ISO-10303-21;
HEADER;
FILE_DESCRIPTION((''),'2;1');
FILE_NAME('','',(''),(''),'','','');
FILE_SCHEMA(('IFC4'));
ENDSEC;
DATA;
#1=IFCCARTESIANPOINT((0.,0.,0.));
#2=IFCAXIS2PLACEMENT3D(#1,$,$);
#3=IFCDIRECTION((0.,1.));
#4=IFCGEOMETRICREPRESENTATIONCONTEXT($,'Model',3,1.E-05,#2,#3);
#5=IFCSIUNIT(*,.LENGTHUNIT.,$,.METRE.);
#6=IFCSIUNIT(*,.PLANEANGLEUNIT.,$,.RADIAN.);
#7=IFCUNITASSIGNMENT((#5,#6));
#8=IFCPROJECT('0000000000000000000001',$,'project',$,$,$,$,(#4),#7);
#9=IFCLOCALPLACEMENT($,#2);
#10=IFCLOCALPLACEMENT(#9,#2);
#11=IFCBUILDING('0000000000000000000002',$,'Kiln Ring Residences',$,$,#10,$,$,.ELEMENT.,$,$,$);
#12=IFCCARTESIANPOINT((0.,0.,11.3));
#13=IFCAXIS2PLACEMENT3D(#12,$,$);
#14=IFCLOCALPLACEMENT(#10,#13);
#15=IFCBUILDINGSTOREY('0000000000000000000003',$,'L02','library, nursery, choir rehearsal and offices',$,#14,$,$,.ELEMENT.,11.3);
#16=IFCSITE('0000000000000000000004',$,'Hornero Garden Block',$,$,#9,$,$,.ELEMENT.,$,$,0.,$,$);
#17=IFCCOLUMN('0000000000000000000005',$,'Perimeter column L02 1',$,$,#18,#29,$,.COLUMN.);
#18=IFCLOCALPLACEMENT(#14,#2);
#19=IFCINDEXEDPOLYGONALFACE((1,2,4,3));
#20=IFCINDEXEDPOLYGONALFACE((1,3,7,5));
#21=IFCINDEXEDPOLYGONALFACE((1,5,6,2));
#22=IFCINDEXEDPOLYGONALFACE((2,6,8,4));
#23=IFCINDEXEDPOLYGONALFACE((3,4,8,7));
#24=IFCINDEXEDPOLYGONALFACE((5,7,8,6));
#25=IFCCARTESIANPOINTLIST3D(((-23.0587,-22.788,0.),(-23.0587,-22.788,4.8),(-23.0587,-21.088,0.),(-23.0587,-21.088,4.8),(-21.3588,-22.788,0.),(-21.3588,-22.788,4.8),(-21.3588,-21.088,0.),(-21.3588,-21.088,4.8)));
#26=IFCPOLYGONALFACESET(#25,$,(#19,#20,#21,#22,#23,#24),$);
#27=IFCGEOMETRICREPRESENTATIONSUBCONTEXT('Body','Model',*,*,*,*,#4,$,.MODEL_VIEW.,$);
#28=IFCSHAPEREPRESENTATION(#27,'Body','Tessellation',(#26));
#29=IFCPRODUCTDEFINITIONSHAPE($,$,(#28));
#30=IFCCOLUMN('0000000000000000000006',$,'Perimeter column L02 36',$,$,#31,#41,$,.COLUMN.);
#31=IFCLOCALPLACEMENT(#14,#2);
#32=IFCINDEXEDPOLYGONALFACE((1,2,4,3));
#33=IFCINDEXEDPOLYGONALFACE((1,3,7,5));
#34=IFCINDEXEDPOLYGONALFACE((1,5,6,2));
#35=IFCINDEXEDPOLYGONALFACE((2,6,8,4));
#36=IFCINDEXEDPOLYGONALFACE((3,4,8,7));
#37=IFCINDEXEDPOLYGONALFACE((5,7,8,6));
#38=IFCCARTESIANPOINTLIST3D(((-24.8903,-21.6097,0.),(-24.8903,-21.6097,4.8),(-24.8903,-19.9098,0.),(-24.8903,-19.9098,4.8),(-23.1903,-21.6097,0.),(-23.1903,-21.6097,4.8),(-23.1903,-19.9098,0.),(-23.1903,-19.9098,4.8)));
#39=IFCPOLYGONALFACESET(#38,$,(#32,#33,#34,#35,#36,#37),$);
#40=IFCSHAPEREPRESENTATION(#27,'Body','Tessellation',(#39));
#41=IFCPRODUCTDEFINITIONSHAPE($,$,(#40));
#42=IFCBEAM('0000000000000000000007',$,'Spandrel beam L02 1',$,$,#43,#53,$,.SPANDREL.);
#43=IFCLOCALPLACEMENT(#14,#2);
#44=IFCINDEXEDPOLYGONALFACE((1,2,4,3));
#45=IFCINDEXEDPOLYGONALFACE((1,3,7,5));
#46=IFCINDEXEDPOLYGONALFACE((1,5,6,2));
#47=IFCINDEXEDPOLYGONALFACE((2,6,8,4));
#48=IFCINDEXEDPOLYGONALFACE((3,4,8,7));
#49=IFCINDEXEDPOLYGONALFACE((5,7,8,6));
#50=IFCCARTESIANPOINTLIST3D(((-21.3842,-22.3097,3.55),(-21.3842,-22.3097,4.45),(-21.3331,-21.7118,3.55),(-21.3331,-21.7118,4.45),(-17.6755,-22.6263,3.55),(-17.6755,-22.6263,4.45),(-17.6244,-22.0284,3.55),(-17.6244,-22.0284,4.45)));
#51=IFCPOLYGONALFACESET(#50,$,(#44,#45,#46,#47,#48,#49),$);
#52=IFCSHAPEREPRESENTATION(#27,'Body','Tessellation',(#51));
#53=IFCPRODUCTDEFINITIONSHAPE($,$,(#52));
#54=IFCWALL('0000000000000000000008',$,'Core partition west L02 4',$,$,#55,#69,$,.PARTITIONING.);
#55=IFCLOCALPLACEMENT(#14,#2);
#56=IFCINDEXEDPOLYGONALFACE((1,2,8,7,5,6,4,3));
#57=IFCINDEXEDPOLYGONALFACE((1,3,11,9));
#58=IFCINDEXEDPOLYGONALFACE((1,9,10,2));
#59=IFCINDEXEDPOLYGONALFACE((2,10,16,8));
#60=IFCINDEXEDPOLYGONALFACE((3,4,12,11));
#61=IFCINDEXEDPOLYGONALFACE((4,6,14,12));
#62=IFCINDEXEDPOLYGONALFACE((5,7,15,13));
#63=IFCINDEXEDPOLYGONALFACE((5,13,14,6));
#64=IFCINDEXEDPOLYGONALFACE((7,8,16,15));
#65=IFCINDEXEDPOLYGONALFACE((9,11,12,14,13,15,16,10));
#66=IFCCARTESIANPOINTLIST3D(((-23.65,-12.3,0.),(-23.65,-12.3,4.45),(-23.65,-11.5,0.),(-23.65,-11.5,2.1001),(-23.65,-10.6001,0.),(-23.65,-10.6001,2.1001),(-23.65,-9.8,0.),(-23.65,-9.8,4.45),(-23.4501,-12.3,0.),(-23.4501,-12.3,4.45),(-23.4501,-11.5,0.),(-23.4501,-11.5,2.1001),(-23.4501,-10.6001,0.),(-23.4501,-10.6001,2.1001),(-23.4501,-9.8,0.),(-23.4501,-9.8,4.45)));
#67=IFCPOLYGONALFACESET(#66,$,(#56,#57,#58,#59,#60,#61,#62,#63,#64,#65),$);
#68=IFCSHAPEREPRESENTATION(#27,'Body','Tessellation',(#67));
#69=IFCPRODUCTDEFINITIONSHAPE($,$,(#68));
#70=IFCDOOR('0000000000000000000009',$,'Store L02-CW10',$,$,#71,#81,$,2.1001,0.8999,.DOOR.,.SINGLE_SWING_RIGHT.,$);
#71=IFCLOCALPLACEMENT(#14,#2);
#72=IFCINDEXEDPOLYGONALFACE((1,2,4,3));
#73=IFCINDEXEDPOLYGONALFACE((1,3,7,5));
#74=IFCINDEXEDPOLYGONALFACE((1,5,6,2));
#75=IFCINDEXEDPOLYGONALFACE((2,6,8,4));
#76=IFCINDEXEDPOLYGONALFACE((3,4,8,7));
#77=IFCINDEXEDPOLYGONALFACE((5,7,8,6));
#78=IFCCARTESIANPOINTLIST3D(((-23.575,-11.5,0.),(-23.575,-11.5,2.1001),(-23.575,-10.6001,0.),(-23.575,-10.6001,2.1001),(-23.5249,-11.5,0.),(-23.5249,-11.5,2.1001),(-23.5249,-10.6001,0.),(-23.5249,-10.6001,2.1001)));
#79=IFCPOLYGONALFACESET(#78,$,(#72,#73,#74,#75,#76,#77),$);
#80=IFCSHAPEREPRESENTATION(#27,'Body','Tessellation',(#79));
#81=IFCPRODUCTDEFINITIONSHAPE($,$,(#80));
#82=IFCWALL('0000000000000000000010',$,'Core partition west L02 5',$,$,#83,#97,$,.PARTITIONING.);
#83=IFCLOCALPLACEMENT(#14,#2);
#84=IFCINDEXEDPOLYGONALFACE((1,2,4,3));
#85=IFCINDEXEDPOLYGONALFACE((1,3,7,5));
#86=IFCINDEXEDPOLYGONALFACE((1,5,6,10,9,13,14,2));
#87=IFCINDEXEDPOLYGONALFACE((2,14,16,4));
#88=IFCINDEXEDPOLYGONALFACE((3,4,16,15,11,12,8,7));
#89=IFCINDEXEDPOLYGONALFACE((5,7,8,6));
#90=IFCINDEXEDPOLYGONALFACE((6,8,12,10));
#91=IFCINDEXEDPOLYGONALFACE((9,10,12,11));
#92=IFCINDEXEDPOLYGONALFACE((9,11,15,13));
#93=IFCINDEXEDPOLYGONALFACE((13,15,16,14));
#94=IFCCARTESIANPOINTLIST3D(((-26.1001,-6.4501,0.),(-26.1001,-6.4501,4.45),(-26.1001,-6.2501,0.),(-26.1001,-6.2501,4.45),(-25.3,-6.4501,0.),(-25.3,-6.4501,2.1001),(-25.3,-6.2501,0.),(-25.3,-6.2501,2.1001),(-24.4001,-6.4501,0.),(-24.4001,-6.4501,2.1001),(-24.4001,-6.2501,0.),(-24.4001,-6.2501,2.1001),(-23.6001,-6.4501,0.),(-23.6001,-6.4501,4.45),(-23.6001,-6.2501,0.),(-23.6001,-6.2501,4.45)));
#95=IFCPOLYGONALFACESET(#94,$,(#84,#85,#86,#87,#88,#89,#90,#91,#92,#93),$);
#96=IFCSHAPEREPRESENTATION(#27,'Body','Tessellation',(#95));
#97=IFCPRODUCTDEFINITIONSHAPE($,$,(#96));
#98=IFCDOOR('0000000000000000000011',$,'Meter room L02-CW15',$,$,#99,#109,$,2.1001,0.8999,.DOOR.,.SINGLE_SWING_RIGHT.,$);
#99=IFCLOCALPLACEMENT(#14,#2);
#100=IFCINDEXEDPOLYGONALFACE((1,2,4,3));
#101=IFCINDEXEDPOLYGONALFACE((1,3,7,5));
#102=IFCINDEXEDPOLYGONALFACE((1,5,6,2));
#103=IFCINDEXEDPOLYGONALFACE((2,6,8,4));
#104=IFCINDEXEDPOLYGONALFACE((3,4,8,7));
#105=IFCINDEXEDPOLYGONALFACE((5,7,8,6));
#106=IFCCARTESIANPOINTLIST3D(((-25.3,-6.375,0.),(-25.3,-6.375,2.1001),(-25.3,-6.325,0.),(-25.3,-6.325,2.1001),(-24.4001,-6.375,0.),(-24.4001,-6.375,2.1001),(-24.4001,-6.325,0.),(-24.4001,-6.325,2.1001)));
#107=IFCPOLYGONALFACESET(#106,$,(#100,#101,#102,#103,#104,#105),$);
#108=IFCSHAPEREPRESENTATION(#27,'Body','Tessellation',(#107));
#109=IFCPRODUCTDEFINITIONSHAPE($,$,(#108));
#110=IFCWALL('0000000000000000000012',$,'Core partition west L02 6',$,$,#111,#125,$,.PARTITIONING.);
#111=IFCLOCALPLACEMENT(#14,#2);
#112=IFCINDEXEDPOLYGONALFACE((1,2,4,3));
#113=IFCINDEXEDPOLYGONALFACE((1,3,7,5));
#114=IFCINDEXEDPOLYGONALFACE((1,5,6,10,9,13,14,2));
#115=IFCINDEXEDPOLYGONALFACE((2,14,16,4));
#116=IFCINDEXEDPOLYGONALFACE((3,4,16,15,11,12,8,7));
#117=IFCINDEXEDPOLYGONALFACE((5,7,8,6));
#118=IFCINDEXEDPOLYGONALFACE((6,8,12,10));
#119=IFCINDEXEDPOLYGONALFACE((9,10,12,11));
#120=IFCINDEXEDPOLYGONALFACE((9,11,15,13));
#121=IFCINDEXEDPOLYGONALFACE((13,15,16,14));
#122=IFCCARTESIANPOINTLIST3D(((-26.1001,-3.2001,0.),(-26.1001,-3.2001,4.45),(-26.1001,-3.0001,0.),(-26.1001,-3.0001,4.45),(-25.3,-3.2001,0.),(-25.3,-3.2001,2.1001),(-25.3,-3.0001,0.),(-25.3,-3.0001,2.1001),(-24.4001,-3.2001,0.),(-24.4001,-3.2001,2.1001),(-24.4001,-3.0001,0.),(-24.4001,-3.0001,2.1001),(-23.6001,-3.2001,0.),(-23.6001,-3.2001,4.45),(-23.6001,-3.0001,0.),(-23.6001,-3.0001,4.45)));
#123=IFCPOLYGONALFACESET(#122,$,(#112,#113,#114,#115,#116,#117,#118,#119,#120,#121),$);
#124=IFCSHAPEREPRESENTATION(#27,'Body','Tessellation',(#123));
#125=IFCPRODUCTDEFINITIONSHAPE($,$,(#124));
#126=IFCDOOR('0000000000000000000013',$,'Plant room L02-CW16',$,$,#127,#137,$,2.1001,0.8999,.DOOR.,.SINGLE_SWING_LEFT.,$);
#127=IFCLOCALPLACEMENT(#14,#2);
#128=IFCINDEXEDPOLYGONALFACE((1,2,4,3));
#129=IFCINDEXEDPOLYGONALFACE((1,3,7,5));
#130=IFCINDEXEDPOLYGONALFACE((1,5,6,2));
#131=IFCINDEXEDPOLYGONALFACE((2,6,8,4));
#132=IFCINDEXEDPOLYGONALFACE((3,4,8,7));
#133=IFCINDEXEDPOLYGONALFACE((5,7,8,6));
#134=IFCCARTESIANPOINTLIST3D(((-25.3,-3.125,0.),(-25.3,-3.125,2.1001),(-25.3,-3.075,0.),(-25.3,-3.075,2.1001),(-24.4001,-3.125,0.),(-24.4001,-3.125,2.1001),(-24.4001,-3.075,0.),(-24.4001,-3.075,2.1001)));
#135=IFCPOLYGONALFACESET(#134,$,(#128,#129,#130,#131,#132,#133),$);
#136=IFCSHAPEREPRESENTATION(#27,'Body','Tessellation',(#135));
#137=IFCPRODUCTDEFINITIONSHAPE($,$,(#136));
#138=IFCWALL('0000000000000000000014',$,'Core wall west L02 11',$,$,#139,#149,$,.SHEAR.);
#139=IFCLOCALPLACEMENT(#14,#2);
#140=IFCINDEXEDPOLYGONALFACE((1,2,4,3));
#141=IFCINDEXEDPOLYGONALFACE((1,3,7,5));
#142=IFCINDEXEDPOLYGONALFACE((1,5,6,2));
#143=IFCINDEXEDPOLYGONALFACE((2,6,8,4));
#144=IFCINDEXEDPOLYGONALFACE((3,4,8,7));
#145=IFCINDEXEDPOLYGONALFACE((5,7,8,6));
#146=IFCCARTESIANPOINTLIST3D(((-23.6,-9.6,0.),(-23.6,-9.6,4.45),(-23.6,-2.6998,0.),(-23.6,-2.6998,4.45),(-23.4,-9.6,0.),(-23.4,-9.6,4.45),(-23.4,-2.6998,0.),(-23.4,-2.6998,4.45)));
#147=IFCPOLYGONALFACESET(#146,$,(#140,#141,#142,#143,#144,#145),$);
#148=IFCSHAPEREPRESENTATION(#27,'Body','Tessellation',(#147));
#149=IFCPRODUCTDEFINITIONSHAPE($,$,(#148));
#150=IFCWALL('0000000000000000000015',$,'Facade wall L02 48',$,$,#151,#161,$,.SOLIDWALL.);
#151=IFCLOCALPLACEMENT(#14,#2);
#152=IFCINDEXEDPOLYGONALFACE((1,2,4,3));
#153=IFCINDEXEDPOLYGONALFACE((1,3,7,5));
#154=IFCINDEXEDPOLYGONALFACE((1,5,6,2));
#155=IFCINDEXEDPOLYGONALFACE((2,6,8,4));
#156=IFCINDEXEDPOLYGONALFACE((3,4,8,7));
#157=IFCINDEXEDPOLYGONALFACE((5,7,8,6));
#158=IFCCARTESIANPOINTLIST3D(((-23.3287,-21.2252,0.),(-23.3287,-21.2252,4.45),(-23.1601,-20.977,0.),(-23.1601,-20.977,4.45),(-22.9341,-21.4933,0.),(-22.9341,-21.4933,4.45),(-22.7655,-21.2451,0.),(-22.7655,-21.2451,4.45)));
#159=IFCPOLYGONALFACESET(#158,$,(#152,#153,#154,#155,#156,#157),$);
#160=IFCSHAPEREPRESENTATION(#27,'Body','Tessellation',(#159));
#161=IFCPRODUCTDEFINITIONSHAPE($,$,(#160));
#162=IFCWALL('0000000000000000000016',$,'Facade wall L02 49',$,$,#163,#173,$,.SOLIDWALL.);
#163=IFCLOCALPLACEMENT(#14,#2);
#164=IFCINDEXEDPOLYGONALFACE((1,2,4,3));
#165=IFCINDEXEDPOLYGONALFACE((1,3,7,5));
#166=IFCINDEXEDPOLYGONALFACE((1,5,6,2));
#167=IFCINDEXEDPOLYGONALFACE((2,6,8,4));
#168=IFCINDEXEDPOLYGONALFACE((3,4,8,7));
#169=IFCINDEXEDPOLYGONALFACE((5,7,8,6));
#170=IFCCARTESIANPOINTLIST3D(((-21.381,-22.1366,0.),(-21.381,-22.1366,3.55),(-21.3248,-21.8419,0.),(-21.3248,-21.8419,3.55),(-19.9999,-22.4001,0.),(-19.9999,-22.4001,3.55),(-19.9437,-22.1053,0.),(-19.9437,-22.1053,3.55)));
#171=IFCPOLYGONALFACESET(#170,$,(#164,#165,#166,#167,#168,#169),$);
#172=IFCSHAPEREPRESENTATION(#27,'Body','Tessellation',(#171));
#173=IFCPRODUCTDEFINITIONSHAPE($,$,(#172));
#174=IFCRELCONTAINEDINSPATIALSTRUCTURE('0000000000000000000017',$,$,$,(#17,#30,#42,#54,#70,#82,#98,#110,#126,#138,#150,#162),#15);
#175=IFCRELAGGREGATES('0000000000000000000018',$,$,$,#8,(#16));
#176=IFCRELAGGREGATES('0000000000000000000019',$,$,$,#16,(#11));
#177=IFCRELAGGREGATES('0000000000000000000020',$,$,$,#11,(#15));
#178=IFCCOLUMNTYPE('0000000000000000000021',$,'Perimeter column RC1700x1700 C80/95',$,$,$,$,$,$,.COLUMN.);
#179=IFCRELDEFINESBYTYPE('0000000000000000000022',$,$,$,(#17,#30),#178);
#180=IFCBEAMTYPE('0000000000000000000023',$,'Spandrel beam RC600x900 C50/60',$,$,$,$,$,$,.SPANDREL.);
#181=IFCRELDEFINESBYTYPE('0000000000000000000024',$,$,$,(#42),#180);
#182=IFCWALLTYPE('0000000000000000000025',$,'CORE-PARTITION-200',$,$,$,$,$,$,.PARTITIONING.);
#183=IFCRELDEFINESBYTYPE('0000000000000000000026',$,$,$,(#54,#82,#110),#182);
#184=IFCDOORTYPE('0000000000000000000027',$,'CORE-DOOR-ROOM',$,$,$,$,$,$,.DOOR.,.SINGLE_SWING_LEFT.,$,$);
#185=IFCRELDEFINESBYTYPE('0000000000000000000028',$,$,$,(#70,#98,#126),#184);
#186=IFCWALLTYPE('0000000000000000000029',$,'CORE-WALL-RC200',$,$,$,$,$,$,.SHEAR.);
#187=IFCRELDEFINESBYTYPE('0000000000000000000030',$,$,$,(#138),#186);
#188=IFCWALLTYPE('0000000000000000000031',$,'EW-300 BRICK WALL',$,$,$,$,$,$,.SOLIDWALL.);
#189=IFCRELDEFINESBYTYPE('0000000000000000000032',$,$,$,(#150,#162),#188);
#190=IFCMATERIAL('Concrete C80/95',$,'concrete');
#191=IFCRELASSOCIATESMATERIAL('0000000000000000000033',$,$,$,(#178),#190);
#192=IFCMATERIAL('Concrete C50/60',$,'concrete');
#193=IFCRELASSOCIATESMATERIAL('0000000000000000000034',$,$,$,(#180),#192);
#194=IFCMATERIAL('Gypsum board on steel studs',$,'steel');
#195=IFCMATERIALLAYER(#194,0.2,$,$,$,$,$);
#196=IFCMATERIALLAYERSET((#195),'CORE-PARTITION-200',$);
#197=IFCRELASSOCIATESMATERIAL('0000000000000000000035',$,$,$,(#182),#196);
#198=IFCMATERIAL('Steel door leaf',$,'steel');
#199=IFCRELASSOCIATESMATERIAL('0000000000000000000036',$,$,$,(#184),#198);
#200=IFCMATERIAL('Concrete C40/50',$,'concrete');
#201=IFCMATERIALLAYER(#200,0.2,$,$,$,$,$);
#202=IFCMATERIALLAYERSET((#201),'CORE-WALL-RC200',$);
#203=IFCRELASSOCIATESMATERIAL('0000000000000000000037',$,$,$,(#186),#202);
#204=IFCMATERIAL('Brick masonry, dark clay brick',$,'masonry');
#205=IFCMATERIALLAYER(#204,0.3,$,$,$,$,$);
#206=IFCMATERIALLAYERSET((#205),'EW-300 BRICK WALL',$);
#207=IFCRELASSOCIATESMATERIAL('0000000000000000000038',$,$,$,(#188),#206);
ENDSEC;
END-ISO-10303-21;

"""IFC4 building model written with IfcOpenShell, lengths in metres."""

from ifc_helpers import new_model, si_unit, direction, frame, frame_2d, origin, origin_2d, place, context, subcontext, project, spatial, rectangle, extrude, material, layer, layer_set, material_profile, profile_set, type_object, element, fill, save


model = new_model("IFC4")

# Units and contexts
model_context = context("Model", 3, precision=1e-05, world=origin(), true_north=direction((0.0, 1.0)))
body_context = subcontext(model_context, "Body", "Model", "MODEL_VIEW")
ifc_project = project(units=[si_unit("LENGTHUNIT", "METRE"), si_unit("PLANEANGLEUNIT", "RADIAN")], contexts=[model_context])

# Site, building, storey
site_placement = place(None, origin())
site = spatial("IfcSite", under=ifc_project, at=site_placement, Name="Hornero Garden Block", CompositionType="ELEMENT", RefElevation=0.0)
building_placement = place(site_placement, origin())
building = spatial("IfcBuilding", under=site, at=building_placement, Name="Kiln Ring Residences", CompositionType="ELEMENT")
storey_placement = place(building_placement, frame((0.0, 0.0, 11.3)))
storey = spatial("IfcBuildingStorey", under=building, at=storey_placement, Name="L02", Description="library, nursery, choir rehearsal and offices", CompositionType="ELEMENT", Elevation=11.3)

# Columns
ifc_material_1 = material(Name="Concrete C80/95", Category="concrete")
ifc_material_profile_1 = material_profile(ifc_material_1, rectangle(XDim=1.7, YDim=1.7, at=origin_2d()), Name="RC1700x1700")
ifc_profile_set_1 = profile_set([ifc_material_profile_1], Name="Concrete C80/95")
column_type = type_object("IfcColumnType", Name="Perimeter column RC1700x1700 C80/95", PredefinedType="COLUMN", material=ifc_profile_set_1)
for number, where, z_axis, x_axis, name in (
    (1, (-22.2087, -21.938, 0.0), (0.0, 0.0, 1.0), (1.0, 0.0, 0.0), "Perimeter column L02 1"),
    (2, (-24.0403, -20.7598, 0.0), (0.0, 0.0, 1.0), (1.0, 0.0, 0.0), "Perimeter column L02 36"),
):
    element("IfcColumn", number, at=place(storey_placement, frame(where, z_axis=z_axis, x_axis=x_axis)), inside=storey, type_object=column_type, Name=name, PredefinedType="COLUMN", context=body_context, shape_type="SweptSolid", body=[
        extrude(rectangle(XDim=1.7, YDim=1.7, at=origin_2d()), origin(), (0.0, 0.0, 1.0), 4.8),
    ])

# Beam
ifc_material_2 = material(Name="Concrete C50/60", Category="concrete")
ifc_material_profile_2 = material_profile(ifc_material_2, rectangle(XDim=0.6001, YDim=0.8999, at=origin_2d()), Name="RC600x900")
ifc_profile_set_2 = profile_set([ifc_material_profile_2], Name="Concrete C50/60")
beam_type = type_object("IfcBeamType", Name="Spandrel beam RC600x900 C50/60", PredefinedType="SPANDREL", material=ifc_profile_set_2)
beam_placement = place(storey_placement, frame((-21.3586, -22.0107, 4.0), z_axis=(0.996375, -0.08507, 0.0), x_axis=(0.08507, 0.996375, 0.0)))
element("IfcBeam", 3, at=beam_placement, inside=storey, type_object=beam_type, Name="Spandrel beam L02 1", PredefinedType="SPANDREL", context=body_context, shape_type="SweptSolid", body=[
    extrude(rectangle(XDim=0.6001, YDim=0.8999, at=origin_2d()), origin(), (0.0, 0.0, 1.0), 3.7222),
])

# Walls, openings, doors
ifc_material_3 = material(Name="Gypsum board on steel studs", Category="steel")
ifc_layer_1 = layer(ifc_material_3, 0.2)
ifc_layer_set_1 = layer_set([ifc_layer_1], Name="CORE-PARTITION-200")
wall_type_1 = type_object("IfcWallType", Name="CORE-PARTITION-200", PredefinedType="PARTITIONING", material=ifc_layer_set_1)
wall_1_placement = place(storey_placement, frame((-23.55, -12.3, 0.0), z_axis=(0.0, 0.0, 1.0), x_axis=(0.0, 1.0, 0.0)))
wall_1 = element("IfcWall", 4, at=wall_1_placement, inside=storey, type_object=wall_type_1, Name="Core partition west L02 4", PredefinedType="PARTITIONING", context=body_context, shape_type="SweptSolid", body=[
    extrude(rectangle(XDim=2.5, YDim=0.2, at=frame_2d((1.25, 0.0))), origin(), (0.0, 0.0, 1.0), 4.45),
])
opening_1_placement = place(wall_1_placement, frame((0.8, 0.0, 0.0)))
opening_1 = element("IfcOpeningElement", 5, at=opening_1_placement, cuts=wall_1, PredefinedType="OPENING", context=body_context, shape_type="SweptSolid", body=[
    extrude(rectangle(XDim=0.8999, YDim=2.1001, at=frame_2d((0.45, 1.05))), frame((0.0, 0.1099, 0.0), z_axis=(0.0, -1.0, 0.0), x_axis=(1.0, 0.0, 0.0)), (0.0, 0.0, 1.0), 0.22),
])
ifc_material_4 = material(Name="Steel door leaf", Category="steel")
door_type = type_object("IfcDoorType", Name="CORE-DOOR-ROOM", OperationType="SINGLE_SWING_LEFT", PredefinedType="DOOR", material=ifc_material_4)
door_1_placement = place(opening_1_placement, origin())
door_1 = element("IfcDoor", 6, at=door_1_placement, inside=storey, type_object=door_type, Name="Store L02-CW10", OperationType="SINGLE_SWING_RIGHT", OverallHeight=2.1001, OverallWidth=0.8999, PredefinedType="DOOR", context=body_context, shape_type="SweptSolid", body=[
    extrude(rectangle(XDim=0.8999, YDim=2.1001, at=frame_2d((0.45, 1.05))), frame((0.0, 0.0249, 0.0), z_axis=(0.0, -1.0, 0.0), x_axis=(1.0, 0.0, 0.0)), (0.0, 0.0, 1.0), 0.05),
])
fill(opening_1, door_1)
wall_2_placement = place(storey_placement, frame((-23.6001, -6.3501, 0.0), z_axis=(0.0, 0.0, 1.0), x_axis=(-1.0, 0.0, 0.0)))
wall_2 = element("IfcWall", 7, at=wall_2_placement, inside=storey, type_object=wall_type_1, Name="Core partition west L02 5", PredefinedType="PARTITIONING", context=body_context, shape_type="SweptSolid", body=[
    extrude(rectangle(XDim=2.5, YDim=0.2, at=frame_2d((1.25, 0.0))), origin(), (0.0, 0.0, 1.0), 4.45),
])
opening_2_placement = place(wall_2_placement, frame((0.8, 0.0, 0.0)))
opening_2 = element("IfcOpeningElement", 8, at=opening_2_placement, cuts=wall_2, PredefinedType="OPENING", context=body_context, shape_type="SweptSolid", body=[
    extrude(rectangle(XDim=0.8999, YDim=2.1001, at=frame_2d((0.45, 1.05))), frame((0.0, 0.1099, 0.0), z_axis=(0.0, -1.0, 0.0), x_axis=(1.0, 0.0, 0.0)), (0.0, 0.0, 1.0), 0.22),
])
door_2_placement = place(opening_2_placement, origin())
door_2 = element("IfcDoor", 9, at=door_2_placement, inside=storey, type_object=door_type, Name="Meter room L02-CW15", OperationType="SINGLE_SWING_RIGHT", OverallHeight=2.1001, OverallWidth=0.8999, PredefinedType="DOOR", context=body_context, shape_type="SweptSolid", body=[
    extrude(rectangle(XDim=0.8999, YDim=2.1001, at=frame_2d((0.45, 1.05))), frame((0.0, 0.0249, 0.0), z_axis=(0.0, -1.0, 0.0), x_axis=(1.0, 0.0, 0.0)), (0.0, 0.0, 1.0), 0.05),
])
fill(opening_2, door_2)
wall_3_placement = place(storey_placement, frame((-23.6001, -3.1001, 0.0), z_axis=(0.0, 0.0, 1.0), x_axis=(-1.0, 0.0, 0.0)))
wall_3 = element("IfcWall", 10, at=wall_3_placement, inside=storey, type_object=wall_type_1, Name="Core partition west L02 6", PredefinedType="PARTITIONING", context=body_context, shape_type="SweptSolid", body=[
    extrude(rectangle(XDim=2.5, YDim=0.2, at=frame_2d((1.25, 0.0))), origin(), (0.0, 0.0, 1.0), 4.45),
])
opening_3_placement = place(wall_3_placement, frame((0.8, 0.0, 0.0)))
opening_3 = element("IfcOpeningElement", 11, at=opening_3_placement, cuts=wall_3, PredefinedType="OPENING", context=body_context, shape_type="SweptSolid", body=[
    extrude(rectangle(XDim=0.8999, YDim=2.1001, at=frame_2d((0.45, 1.05))), frame((0.0, 0.1099, 0.0), z_axis=(0.0, -1.0, 0.0), x_axis=(1.0, 0.0, 0.0)), (0.0, 0.0, 1.0), 0.22),
])
door_3_placement = place(opening_3_placement, origin())
door_3 = element("IfcDoor", 12, at=door_3_placement, inside=storey, type_object=door_type, Name="Plant room L02-CW16", OperationType="SINGLE_SWING_LEFT", OverallHeight=2.1001, OverallWidth=0.8999, PredefinedType="DOOR", context=body_context, shape_type="SweptSolid", body=[
    extrude(rectangle(XDim=0.8999, YDim=2.1001, at=frame_2d((0.45, 1.05))), frame((0.0, 0.0249, 0.0), z_axis=(0.0, -1.0, 0.0), x_axis=(1.0, 0.0, 0.0)), (0.0, 0.0, 1.0), 0.05),
])
fill(opening_3, door_3)

# Walls
ifc_material_5 = material(Name="Concrete C40/50", Category="concrete")
ifc_layer_2 = layer(ifc_material_5, 0.2)
ifc_layer_set_2 = layer_set([ifc_layer_2], Name="CORE-WALL-RC200")
wall_type_2 = type_object("IfcWallType", Name="CORE-WALL-RC200", PredefinedType="SHEAR", material=ifc_layer_set_2)
wall_4_placement = place(storey_placement, frame((-23.5, -9.6001, 0.0), z_axis=(0.0, 0.0, 1.0), x_axis=(0.0, 1.0, 0.0)))
element("IfcWall", 13, at=wall_4_placement, inside=storey, type_object=wall_type_2, Name="Core wall west L02 11", PredefinedType="SHEAR", context=body_context, shape_type="SweptSolid", body=[
    extrude(rectangle(XDim=6.9001, YDim=0.2, at=frame_2d((3.4502, 0.0))), origin(), (0.0, 0.0, 1.0), 4.45),
])
ifc_material_6 = material(Name="Brick masonry, dark clay brick", Category="masonry")
ifc_layer_3 = layer(ifc_material_6, 0.3)
ifc_layer_set_3 = layer_set([ifc_layer_3], Name="EW-300 BRICK WALL")
wall_type_3 = type_object("IfcWallType", Name="EW-300 BRICK WALL", PredefinedType="SOLIDWALL", material=ifc_layer_set_3)
wall_5_placement = place(storey_placement, frame((-23.2444, -21.1011, 0.0), z_axis=(0.0, 0.0, 1.0), x_axis=(0.827136, -0.562002, 0.0)))
element("IfcWall", 14, at=wall_5_placement, inside=storey, type_object=wall_type_3, Name="Facade wall L02 48", PredefinedType="SOLIDWALL", context=body_context, shape_type="SweptSolid", body=[
    extrude(rectangle(XDim=0.4771, YDim=0.3, at=frame_2d((0.2385, 0.0))), origin(), (0.0, 0.0, 1.0), 4.45),
])
wall_6_placement = place(storey_placement, frame((-21.353, -21.9893, 0.0), z_axis=(0.0, 0.0, 1.0), x_axis=(0.982291, -0.187359, 0.0)))
element("IfcWall", 15, at=wall_6_placement, inside=storey, type_object=wall_type_3, Name="Facade wall L02 49", PredefinedType="SOLIDWALL", context=body_context, shape_type="SweptSolid", body=[
    extrude(rectangle(XDim=1.406, YDim=0.3, at=frame_2d((0.7031, 0.0))), origin(), (0.0, 0.0, 1.0), 3.55),
])

save(model, "model.ifc")
